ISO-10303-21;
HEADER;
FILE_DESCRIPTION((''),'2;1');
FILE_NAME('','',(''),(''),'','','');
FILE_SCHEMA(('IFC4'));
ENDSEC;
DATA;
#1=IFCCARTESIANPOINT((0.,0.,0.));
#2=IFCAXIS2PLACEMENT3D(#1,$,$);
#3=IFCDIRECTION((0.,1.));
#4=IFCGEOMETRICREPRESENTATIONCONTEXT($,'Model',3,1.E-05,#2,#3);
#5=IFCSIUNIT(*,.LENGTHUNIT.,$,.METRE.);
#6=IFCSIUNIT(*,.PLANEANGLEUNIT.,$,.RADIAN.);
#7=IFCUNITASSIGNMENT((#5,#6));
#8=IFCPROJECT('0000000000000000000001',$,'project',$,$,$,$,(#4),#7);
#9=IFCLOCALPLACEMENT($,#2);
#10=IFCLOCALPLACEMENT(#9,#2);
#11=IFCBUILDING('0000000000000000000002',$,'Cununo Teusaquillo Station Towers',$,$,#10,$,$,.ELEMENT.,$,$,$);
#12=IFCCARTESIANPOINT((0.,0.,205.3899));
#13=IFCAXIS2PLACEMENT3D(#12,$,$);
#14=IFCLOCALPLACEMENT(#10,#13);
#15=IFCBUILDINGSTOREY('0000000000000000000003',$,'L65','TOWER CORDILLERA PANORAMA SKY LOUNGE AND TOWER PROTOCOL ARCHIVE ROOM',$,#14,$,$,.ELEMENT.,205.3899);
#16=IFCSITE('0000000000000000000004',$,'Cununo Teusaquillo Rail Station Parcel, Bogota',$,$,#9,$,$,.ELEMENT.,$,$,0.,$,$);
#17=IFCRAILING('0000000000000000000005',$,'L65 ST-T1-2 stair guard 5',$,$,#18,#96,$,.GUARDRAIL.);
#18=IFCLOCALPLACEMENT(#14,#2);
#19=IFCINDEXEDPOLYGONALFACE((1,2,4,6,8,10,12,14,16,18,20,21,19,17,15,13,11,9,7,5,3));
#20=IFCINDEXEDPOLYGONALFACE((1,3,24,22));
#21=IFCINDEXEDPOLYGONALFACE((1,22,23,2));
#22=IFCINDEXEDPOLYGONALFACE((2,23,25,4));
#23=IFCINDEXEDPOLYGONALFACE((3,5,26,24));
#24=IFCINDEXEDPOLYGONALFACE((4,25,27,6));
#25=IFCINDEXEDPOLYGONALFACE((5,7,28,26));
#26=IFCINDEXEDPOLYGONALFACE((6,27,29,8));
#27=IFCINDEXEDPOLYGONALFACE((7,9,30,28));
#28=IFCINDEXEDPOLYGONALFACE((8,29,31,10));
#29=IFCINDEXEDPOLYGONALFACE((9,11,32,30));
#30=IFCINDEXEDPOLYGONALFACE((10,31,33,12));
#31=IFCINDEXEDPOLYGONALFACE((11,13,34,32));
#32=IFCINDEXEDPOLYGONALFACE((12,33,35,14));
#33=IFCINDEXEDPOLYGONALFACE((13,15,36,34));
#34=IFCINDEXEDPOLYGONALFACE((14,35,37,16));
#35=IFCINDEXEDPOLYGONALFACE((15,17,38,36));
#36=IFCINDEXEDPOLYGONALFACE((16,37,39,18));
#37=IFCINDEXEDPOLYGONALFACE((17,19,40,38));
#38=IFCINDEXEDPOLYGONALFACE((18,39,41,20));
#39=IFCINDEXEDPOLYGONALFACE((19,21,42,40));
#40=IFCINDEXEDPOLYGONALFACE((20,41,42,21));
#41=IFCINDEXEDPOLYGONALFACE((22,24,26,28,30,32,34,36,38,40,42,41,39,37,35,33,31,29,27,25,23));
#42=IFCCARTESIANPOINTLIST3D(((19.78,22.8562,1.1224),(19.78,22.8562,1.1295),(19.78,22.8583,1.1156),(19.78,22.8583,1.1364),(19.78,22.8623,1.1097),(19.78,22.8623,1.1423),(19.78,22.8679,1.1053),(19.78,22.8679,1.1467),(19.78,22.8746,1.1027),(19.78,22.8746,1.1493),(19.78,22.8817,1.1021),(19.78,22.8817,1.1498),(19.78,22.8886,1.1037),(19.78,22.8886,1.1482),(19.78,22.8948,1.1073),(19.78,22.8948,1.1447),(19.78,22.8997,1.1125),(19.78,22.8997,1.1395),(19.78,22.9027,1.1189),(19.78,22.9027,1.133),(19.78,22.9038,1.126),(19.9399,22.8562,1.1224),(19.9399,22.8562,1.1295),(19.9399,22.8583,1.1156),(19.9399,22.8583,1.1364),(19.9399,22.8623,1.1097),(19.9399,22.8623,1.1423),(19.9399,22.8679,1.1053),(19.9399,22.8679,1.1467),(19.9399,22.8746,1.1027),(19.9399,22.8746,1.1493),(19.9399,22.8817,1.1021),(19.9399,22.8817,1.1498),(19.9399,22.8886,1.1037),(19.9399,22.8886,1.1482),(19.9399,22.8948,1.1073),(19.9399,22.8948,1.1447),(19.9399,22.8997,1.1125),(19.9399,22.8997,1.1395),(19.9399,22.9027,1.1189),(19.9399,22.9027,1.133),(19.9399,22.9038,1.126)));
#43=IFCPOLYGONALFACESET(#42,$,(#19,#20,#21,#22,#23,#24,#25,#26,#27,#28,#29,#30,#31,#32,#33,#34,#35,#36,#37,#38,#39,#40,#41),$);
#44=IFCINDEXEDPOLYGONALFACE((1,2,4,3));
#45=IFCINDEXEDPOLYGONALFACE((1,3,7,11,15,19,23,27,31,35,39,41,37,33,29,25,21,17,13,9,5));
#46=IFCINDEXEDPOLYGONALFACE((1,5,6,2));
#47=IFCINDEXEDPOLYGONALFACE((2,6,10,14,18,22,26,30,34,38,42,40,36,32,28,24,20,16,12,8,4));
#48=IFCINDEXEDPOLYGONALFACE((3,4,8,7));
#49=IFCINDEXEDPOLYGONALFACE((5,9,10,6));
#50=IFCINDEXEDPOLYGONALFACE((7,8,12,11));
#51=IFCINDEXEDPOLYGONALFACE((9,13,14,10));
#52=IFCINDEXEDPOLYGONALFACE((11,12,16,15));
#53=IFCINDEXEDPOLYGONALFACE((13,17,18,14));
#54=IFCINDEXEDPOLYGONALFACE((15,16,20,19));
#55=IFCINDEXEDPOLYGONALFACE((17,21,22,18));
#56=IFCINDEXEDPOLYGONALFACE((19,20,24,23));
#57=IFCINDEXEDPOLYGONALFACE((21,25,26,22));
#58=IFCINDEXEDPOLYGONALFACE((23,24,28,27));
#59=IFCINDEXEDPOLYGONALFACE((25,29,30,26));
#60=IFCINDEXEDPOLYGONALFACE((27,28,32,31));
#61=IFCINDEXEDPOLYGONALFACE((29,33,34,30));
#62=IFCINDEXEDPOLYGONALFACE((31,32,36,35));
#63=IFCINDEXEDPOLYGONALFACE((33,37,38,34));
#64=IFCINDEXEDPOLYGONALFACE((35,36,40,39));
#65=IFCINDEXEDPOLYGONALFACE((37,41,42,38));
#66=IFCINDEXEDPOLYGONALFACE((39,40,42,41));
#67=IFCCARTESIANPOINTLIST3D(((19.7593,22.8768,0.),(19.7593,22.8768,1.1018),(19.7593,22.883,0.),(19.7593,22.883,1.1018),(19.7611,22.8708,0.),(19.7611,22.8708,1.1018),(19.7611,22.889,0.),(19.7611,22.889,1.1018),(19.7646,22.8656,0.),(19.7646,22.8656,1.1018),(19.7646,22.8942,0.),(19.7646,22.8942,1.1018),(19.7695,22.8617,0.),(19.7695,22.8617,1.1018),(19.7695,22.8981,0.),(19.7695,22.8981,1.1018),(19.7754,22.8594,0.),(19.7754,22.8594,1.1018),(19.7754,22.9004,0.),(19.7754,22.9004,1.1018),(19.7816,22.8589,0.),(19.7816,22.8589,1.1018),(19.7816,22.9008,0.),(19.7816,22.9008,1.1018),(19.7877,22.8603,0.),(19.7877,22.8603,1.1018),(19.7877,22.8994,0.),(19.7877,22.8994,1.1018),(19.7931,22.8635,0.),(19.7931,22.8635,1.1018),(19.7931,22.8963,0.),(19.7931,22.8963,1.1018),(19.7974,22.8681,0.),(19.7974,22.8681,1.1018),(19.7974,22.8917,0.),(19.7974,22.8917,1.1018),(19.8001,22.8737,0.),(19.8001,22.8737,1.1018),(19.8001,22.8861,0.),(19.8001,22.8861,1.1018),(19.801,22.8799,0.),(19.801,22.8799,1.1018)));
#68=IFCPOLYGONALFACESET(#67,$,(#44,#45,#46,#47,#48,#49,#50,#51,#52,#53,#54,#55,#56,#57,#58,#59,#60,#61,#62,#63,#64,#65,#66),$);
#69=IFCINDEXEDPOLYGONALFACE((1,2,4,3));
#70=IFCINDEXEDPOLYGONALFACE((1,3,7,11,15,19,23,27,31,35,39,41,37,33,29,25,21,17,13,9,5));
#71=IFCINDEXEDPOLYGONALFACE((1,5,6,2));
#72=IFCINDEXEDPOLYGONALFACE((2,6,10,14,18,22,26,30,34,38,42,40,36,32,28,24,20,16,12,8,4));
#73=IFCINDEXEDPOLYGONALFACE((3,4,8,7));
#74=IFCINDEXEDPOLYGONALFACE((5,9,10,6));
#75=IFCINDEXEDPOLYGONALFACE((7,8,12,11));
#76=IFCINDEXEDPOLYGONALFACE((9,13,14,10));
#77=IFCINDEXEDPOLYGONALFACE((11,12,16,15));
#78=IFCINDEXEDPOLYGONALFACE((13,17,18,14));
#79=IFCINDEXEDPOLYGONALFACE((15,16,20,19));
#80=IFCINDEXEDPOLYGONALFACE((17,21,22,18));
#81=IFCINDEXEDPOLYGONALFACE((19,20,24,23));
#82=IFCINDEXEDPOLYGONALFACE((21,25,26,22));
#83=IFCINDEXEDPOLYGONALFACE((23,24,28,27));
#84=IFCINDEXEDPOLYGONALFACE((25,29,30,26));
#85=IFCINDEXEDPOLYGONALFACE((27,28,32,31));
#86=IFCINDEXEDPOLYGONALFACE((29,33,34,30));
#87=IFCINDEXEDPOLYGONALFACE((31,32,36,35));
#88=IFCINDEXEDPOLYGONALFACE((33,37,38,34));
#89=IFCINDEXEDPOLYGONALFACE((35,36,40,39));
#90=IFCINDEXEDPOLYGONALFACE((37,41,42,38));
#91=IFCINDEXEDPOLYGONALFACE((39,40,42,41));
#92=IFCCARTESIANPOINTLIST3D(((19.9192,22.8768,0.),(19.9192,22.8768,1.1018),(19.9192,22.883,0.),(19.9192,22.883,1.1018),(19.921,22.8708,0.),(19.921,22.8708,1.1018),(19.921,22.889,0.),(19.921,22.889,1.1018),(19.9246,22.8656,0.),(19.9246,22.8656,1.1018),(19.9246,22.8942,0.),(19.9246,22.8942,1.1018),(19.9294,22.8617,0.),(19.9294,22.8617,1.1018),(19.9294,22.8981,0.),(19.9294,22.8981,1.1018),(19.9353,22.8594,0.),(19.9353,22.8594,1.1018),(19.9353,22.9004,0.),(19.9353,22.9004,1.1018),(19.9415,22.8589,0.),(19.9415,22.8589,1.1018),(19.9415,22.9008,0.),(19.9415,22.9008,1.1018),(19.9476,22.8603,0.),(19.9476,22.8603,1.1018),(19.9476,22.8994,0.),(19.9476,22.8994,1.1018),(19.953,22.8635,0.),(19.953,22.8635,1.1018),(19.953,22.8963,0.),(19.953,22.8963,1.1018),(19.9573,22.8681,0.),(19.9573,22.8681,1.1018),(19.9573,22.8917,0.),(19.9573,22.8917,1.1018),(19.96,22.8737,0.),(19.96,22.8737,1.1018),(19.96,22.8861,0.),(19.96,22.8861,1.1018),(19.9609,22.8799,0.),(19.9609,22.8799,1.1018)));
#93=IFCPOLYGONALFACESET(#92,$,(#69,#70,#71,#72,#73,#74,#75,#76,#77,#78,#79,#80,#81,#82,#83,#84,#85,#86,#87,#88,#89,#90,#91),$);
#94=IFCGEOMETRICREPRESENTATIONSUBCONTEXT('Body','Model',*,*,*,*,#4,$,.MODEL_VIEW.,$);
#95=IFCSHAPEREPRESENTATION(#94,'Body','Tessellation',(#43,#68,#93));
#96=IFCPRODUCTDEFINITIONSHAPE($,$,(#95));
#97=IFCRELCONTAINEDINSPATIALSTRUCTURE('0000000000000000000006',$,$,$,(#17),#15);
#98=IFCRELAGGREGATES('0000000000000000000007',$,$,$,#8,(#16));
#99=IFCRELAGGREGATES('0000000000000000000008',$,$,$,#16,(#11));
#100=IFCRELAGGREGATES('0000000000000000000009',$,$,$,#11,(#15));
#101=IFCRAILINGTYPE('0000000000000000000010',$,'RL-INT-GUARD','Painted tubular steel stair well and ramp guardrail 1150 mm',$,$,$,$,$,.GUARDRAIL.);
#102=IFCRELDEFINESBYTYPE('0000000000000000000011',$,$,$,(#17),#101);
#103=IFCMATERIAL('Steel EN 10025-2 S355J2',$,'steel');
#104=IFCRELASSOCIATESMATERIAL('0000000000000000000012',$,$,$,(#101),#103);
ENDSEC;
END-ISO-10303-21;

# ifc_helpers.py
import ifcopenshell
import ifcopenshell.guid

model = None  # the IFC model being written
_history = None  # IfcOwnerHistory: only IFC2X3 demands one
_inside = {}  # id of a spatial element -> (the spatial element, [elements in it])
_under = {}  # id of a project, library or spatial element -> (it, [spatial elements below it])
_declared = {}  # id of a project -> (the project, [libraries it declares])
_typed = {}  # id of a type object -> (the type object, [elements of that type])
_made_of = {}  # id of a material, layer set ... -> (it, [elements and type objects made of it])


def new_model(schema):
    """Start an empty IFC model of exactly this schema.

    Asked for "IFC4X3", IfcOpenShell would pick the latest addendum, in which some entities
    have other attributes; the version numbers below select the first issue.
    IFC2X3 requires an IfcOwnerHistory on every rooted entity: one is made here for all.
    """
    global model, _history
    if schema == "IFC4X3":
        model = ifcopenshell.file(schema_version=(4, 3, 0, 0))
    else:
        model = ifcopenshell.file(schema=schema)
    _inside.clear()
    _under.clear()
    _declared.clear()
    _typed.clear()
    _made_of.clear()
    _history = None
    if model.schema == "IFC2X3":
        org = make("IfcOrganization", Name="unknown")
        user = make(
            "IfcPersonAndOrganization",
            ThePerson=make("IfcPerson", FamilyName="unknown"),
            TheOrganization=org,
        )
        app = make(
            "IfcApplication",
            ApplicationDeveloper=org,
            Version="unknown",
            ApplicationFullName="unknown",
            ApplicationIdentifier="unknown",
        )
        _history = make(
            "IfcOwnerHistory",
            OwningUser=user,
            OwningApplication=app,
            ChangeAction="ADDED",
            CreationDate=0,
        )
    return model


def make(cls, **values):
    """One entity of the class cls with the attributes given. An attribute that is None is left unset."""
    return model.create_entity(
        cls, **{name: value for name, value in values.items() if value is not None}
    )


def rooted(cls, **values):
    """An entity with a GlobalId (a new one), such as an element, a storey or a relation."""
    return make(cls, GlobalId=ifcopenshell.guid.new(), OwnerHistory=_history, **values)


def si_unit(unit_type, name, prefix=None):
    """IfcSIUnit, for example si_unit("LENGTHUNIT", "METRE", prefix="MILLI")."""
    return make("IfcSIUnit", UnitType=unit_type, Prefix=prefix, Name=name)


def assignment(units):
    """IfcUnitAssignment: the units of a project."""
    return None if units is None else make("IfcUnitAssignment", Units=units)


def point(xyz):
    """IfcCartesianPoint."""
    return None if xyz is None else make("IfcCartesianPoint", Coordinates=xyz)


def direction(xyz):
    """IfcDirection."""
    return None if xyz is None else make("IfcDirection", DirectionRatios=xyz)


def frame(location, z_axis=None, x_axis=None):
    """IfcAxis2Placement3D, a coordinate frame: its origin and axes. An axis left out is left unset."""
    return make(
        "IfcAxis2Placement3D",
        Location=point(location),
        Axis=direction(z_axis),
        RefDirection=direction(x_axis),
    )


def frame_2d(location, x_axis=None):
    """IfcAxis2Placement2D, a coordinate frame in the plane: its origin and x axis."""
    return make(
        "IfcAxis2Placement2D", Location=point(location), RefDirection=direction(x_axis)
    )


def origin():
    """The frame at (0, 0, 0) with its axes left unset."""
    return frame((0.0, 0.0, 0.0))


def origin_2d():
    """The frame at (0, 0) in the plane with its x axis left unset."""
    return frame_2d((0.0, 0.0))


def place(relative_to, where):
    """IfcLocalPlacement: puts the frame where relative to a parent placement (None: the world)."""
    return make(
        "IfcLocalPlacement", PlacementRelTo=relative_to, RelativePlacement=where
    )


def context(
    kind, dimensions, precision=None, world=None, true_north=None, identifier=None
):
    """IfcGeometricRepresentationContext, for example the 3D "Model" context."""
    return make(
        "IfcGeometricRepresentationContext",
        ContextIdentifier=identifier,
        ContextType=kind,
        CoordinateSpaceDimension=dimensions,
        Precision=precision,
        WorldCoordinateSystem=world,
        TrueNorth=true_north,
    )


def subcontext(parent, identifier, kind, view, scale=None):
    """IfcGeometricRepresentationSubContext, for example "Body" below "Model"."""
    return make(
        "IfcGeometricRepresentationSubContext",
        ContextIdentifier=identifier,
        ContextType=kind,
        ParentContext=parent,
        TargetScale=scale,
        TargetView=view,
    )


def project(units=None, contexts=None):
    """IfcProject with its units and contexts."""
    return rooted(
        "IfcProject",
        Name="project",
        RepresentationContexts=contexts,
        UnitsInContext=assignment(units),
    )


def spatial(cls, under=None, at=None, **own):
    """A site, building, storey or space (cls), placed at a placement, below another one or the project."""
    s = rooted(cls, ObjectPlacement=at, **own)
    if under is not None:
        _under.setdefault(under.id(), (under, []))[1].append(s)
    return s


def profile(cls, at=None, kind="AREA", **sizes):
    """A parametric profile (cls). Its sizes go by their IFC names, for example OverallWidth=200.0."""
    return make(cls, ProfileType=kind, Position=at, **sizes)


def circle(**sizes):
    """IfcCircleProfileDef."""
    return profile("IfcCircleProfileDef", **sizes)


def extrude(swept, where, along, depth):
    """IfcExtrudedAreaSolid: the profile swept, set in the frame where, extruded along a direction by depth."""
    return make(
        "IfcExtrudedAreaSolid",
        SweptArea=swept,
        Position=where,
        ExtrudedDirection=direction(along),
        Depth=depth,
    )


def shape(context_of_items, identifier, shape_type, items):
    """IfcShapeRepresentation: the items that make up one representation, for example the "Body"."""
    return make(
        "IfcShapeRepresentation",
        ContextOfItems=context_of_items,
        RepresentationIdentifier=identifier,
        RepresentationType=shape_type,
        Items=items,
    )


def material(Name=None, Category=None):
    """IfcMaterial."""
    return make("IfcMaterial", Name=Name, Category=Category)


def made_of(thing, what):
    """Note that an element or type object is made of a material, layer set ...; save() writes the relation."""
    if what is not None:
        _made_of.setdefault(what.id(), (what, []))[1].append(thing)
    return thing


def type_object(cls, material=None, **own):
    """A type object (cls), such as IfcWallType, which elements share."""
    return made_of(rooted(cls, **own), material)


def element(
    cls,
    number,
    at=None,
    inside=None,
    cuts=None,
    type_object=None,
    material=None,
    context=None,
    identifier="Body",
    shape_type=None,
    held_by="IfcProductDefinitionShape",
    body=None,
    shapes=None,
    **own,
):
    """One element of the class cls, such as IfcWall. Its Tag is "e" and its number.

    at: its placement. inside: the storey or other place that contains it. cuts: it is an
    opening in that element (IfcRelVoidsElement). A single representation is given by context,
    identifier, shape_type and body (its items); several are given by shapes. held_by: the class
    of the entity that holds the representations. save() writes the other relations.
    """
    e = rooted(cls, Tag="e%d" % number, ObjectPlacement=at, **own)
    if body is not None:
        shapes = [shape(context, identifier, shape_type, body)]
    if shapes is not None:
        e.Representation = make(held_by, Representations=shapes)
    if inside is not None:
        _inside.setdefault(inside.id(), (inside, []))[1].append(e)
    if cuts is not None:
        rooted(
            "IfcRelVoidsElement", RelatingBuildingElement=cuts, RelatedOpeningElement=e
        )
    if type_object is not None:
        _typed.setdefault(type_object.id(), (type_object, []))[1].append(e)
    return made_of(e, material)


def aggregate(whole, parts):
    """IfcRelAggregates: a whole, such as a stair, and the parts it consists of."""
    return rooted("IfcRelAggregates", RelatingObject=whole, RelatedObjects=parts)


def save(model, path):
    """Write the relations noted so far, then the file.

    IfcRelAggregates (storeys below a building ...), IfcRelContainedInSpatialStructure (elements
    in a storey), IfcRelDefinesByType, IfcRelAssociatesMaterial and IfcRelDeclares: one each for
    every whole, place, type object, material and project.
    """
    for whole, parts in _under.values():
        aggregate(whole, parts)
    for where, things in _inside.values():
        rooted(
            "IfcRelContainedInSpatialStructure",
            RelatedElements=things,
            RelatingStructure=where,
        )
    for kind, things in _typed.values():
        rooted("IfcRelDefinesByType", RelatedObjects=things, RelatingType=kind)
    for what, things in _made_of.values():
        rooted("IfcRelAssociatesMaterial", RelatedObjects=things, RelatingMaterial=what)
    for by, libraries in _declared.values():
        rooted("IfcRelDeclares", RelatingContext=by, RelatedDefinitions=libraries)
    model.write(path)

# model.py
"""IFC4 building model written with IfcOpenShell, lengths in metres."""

from ifc_helpers import new_model, si_unit, direction, frame, origin, origin_2d, place, context, subcontext, project, spatial, circle, extrude, material, type_object, element, save


model = new_model("IFC4")

# Units and contexts
model_context = context("Model", 3, precision=1e-05, world=origin(), true_north=direction((0.0, 1.0)))
body_context = subcontext(model_context, "Body", "Model", "MODEL_VIEW")
ifc_project = project(units=[si_unit("LENGTHUNIT", "METRE"), si_unit("PLANEANGLEUNIT", "RADIAN")], contexts=[model_context])

# Site, building, storey
site_placement = place(None, origin())
site = spatial("IfcSite", under=ifc_project, at=site_placement, Name="Cununo Teusaquillo Rail Station Parcel, Bogota", CompositionType="ELEMENT", RefElevation=0.0)
building_placement = place(site_placement, origin())
building = spatial("IfcBuilding", under=site, at=building_placement, Name="Cununo Teusaquillo Station Towers", CompositionType="ELEMENT")
storey_placement = place(building_placement, frame((0.0, 0.0, 205.3899)))
storey = spatial("IfcBuildingStorey", under=building, at=storey_placement, Name="L65", Description="TOWER CORDILLERA PANORAMA SKY LOUNGE AND TOWER PROTOCOL ARCHIVE ROOM", CompositionType="ELEMENT", Elevation=205.3899)

# Railing
ifc_material_1 = material(Name="Steel EN 10025-2 S355J2", Category="steel")
railing_type_1 = type_object("IfcRailingType", Name="RL-INT-GUARD", Description="Painted tubular steel stair well and ramp guardrail 1150 mm", PredefinedType="GUARDRAIL", material=ifc_material_1)
railing_1_placement = place(storey_placement, frame((19.78, 22.8799, 0.0)))
element("IfcRailing", 1, at=railing_1_placement, inside=storey, type_object=railing_type_1, Name="L65 ST-T1-2 stair guard 5", PredefinedType="GUARDRAIL", context=body_context, shape_type="SweptSolid", body=[
    extrude(circle(Radius=0.0239, at=origin_2d()), frame((0.0, 0.0, 1.126), z_axis=(1.0, 0.0, 0.0), x_axis=(0.0, 1.0, 0.0)), (0.0, 0.0, 1.0), 0.1599),
    extrude(circle(Radius=0.021, at=origin_2d()), origin(), (0.0, 0.0, 1.0), 1.1018),
    extrude(circle(Radius=0.021, at=origin_2d()), frame((0.1599, 0.0, 0.0)), (0.0, 0.0, 1.0), 1.1018),
])

save(model, "model.ifc")
